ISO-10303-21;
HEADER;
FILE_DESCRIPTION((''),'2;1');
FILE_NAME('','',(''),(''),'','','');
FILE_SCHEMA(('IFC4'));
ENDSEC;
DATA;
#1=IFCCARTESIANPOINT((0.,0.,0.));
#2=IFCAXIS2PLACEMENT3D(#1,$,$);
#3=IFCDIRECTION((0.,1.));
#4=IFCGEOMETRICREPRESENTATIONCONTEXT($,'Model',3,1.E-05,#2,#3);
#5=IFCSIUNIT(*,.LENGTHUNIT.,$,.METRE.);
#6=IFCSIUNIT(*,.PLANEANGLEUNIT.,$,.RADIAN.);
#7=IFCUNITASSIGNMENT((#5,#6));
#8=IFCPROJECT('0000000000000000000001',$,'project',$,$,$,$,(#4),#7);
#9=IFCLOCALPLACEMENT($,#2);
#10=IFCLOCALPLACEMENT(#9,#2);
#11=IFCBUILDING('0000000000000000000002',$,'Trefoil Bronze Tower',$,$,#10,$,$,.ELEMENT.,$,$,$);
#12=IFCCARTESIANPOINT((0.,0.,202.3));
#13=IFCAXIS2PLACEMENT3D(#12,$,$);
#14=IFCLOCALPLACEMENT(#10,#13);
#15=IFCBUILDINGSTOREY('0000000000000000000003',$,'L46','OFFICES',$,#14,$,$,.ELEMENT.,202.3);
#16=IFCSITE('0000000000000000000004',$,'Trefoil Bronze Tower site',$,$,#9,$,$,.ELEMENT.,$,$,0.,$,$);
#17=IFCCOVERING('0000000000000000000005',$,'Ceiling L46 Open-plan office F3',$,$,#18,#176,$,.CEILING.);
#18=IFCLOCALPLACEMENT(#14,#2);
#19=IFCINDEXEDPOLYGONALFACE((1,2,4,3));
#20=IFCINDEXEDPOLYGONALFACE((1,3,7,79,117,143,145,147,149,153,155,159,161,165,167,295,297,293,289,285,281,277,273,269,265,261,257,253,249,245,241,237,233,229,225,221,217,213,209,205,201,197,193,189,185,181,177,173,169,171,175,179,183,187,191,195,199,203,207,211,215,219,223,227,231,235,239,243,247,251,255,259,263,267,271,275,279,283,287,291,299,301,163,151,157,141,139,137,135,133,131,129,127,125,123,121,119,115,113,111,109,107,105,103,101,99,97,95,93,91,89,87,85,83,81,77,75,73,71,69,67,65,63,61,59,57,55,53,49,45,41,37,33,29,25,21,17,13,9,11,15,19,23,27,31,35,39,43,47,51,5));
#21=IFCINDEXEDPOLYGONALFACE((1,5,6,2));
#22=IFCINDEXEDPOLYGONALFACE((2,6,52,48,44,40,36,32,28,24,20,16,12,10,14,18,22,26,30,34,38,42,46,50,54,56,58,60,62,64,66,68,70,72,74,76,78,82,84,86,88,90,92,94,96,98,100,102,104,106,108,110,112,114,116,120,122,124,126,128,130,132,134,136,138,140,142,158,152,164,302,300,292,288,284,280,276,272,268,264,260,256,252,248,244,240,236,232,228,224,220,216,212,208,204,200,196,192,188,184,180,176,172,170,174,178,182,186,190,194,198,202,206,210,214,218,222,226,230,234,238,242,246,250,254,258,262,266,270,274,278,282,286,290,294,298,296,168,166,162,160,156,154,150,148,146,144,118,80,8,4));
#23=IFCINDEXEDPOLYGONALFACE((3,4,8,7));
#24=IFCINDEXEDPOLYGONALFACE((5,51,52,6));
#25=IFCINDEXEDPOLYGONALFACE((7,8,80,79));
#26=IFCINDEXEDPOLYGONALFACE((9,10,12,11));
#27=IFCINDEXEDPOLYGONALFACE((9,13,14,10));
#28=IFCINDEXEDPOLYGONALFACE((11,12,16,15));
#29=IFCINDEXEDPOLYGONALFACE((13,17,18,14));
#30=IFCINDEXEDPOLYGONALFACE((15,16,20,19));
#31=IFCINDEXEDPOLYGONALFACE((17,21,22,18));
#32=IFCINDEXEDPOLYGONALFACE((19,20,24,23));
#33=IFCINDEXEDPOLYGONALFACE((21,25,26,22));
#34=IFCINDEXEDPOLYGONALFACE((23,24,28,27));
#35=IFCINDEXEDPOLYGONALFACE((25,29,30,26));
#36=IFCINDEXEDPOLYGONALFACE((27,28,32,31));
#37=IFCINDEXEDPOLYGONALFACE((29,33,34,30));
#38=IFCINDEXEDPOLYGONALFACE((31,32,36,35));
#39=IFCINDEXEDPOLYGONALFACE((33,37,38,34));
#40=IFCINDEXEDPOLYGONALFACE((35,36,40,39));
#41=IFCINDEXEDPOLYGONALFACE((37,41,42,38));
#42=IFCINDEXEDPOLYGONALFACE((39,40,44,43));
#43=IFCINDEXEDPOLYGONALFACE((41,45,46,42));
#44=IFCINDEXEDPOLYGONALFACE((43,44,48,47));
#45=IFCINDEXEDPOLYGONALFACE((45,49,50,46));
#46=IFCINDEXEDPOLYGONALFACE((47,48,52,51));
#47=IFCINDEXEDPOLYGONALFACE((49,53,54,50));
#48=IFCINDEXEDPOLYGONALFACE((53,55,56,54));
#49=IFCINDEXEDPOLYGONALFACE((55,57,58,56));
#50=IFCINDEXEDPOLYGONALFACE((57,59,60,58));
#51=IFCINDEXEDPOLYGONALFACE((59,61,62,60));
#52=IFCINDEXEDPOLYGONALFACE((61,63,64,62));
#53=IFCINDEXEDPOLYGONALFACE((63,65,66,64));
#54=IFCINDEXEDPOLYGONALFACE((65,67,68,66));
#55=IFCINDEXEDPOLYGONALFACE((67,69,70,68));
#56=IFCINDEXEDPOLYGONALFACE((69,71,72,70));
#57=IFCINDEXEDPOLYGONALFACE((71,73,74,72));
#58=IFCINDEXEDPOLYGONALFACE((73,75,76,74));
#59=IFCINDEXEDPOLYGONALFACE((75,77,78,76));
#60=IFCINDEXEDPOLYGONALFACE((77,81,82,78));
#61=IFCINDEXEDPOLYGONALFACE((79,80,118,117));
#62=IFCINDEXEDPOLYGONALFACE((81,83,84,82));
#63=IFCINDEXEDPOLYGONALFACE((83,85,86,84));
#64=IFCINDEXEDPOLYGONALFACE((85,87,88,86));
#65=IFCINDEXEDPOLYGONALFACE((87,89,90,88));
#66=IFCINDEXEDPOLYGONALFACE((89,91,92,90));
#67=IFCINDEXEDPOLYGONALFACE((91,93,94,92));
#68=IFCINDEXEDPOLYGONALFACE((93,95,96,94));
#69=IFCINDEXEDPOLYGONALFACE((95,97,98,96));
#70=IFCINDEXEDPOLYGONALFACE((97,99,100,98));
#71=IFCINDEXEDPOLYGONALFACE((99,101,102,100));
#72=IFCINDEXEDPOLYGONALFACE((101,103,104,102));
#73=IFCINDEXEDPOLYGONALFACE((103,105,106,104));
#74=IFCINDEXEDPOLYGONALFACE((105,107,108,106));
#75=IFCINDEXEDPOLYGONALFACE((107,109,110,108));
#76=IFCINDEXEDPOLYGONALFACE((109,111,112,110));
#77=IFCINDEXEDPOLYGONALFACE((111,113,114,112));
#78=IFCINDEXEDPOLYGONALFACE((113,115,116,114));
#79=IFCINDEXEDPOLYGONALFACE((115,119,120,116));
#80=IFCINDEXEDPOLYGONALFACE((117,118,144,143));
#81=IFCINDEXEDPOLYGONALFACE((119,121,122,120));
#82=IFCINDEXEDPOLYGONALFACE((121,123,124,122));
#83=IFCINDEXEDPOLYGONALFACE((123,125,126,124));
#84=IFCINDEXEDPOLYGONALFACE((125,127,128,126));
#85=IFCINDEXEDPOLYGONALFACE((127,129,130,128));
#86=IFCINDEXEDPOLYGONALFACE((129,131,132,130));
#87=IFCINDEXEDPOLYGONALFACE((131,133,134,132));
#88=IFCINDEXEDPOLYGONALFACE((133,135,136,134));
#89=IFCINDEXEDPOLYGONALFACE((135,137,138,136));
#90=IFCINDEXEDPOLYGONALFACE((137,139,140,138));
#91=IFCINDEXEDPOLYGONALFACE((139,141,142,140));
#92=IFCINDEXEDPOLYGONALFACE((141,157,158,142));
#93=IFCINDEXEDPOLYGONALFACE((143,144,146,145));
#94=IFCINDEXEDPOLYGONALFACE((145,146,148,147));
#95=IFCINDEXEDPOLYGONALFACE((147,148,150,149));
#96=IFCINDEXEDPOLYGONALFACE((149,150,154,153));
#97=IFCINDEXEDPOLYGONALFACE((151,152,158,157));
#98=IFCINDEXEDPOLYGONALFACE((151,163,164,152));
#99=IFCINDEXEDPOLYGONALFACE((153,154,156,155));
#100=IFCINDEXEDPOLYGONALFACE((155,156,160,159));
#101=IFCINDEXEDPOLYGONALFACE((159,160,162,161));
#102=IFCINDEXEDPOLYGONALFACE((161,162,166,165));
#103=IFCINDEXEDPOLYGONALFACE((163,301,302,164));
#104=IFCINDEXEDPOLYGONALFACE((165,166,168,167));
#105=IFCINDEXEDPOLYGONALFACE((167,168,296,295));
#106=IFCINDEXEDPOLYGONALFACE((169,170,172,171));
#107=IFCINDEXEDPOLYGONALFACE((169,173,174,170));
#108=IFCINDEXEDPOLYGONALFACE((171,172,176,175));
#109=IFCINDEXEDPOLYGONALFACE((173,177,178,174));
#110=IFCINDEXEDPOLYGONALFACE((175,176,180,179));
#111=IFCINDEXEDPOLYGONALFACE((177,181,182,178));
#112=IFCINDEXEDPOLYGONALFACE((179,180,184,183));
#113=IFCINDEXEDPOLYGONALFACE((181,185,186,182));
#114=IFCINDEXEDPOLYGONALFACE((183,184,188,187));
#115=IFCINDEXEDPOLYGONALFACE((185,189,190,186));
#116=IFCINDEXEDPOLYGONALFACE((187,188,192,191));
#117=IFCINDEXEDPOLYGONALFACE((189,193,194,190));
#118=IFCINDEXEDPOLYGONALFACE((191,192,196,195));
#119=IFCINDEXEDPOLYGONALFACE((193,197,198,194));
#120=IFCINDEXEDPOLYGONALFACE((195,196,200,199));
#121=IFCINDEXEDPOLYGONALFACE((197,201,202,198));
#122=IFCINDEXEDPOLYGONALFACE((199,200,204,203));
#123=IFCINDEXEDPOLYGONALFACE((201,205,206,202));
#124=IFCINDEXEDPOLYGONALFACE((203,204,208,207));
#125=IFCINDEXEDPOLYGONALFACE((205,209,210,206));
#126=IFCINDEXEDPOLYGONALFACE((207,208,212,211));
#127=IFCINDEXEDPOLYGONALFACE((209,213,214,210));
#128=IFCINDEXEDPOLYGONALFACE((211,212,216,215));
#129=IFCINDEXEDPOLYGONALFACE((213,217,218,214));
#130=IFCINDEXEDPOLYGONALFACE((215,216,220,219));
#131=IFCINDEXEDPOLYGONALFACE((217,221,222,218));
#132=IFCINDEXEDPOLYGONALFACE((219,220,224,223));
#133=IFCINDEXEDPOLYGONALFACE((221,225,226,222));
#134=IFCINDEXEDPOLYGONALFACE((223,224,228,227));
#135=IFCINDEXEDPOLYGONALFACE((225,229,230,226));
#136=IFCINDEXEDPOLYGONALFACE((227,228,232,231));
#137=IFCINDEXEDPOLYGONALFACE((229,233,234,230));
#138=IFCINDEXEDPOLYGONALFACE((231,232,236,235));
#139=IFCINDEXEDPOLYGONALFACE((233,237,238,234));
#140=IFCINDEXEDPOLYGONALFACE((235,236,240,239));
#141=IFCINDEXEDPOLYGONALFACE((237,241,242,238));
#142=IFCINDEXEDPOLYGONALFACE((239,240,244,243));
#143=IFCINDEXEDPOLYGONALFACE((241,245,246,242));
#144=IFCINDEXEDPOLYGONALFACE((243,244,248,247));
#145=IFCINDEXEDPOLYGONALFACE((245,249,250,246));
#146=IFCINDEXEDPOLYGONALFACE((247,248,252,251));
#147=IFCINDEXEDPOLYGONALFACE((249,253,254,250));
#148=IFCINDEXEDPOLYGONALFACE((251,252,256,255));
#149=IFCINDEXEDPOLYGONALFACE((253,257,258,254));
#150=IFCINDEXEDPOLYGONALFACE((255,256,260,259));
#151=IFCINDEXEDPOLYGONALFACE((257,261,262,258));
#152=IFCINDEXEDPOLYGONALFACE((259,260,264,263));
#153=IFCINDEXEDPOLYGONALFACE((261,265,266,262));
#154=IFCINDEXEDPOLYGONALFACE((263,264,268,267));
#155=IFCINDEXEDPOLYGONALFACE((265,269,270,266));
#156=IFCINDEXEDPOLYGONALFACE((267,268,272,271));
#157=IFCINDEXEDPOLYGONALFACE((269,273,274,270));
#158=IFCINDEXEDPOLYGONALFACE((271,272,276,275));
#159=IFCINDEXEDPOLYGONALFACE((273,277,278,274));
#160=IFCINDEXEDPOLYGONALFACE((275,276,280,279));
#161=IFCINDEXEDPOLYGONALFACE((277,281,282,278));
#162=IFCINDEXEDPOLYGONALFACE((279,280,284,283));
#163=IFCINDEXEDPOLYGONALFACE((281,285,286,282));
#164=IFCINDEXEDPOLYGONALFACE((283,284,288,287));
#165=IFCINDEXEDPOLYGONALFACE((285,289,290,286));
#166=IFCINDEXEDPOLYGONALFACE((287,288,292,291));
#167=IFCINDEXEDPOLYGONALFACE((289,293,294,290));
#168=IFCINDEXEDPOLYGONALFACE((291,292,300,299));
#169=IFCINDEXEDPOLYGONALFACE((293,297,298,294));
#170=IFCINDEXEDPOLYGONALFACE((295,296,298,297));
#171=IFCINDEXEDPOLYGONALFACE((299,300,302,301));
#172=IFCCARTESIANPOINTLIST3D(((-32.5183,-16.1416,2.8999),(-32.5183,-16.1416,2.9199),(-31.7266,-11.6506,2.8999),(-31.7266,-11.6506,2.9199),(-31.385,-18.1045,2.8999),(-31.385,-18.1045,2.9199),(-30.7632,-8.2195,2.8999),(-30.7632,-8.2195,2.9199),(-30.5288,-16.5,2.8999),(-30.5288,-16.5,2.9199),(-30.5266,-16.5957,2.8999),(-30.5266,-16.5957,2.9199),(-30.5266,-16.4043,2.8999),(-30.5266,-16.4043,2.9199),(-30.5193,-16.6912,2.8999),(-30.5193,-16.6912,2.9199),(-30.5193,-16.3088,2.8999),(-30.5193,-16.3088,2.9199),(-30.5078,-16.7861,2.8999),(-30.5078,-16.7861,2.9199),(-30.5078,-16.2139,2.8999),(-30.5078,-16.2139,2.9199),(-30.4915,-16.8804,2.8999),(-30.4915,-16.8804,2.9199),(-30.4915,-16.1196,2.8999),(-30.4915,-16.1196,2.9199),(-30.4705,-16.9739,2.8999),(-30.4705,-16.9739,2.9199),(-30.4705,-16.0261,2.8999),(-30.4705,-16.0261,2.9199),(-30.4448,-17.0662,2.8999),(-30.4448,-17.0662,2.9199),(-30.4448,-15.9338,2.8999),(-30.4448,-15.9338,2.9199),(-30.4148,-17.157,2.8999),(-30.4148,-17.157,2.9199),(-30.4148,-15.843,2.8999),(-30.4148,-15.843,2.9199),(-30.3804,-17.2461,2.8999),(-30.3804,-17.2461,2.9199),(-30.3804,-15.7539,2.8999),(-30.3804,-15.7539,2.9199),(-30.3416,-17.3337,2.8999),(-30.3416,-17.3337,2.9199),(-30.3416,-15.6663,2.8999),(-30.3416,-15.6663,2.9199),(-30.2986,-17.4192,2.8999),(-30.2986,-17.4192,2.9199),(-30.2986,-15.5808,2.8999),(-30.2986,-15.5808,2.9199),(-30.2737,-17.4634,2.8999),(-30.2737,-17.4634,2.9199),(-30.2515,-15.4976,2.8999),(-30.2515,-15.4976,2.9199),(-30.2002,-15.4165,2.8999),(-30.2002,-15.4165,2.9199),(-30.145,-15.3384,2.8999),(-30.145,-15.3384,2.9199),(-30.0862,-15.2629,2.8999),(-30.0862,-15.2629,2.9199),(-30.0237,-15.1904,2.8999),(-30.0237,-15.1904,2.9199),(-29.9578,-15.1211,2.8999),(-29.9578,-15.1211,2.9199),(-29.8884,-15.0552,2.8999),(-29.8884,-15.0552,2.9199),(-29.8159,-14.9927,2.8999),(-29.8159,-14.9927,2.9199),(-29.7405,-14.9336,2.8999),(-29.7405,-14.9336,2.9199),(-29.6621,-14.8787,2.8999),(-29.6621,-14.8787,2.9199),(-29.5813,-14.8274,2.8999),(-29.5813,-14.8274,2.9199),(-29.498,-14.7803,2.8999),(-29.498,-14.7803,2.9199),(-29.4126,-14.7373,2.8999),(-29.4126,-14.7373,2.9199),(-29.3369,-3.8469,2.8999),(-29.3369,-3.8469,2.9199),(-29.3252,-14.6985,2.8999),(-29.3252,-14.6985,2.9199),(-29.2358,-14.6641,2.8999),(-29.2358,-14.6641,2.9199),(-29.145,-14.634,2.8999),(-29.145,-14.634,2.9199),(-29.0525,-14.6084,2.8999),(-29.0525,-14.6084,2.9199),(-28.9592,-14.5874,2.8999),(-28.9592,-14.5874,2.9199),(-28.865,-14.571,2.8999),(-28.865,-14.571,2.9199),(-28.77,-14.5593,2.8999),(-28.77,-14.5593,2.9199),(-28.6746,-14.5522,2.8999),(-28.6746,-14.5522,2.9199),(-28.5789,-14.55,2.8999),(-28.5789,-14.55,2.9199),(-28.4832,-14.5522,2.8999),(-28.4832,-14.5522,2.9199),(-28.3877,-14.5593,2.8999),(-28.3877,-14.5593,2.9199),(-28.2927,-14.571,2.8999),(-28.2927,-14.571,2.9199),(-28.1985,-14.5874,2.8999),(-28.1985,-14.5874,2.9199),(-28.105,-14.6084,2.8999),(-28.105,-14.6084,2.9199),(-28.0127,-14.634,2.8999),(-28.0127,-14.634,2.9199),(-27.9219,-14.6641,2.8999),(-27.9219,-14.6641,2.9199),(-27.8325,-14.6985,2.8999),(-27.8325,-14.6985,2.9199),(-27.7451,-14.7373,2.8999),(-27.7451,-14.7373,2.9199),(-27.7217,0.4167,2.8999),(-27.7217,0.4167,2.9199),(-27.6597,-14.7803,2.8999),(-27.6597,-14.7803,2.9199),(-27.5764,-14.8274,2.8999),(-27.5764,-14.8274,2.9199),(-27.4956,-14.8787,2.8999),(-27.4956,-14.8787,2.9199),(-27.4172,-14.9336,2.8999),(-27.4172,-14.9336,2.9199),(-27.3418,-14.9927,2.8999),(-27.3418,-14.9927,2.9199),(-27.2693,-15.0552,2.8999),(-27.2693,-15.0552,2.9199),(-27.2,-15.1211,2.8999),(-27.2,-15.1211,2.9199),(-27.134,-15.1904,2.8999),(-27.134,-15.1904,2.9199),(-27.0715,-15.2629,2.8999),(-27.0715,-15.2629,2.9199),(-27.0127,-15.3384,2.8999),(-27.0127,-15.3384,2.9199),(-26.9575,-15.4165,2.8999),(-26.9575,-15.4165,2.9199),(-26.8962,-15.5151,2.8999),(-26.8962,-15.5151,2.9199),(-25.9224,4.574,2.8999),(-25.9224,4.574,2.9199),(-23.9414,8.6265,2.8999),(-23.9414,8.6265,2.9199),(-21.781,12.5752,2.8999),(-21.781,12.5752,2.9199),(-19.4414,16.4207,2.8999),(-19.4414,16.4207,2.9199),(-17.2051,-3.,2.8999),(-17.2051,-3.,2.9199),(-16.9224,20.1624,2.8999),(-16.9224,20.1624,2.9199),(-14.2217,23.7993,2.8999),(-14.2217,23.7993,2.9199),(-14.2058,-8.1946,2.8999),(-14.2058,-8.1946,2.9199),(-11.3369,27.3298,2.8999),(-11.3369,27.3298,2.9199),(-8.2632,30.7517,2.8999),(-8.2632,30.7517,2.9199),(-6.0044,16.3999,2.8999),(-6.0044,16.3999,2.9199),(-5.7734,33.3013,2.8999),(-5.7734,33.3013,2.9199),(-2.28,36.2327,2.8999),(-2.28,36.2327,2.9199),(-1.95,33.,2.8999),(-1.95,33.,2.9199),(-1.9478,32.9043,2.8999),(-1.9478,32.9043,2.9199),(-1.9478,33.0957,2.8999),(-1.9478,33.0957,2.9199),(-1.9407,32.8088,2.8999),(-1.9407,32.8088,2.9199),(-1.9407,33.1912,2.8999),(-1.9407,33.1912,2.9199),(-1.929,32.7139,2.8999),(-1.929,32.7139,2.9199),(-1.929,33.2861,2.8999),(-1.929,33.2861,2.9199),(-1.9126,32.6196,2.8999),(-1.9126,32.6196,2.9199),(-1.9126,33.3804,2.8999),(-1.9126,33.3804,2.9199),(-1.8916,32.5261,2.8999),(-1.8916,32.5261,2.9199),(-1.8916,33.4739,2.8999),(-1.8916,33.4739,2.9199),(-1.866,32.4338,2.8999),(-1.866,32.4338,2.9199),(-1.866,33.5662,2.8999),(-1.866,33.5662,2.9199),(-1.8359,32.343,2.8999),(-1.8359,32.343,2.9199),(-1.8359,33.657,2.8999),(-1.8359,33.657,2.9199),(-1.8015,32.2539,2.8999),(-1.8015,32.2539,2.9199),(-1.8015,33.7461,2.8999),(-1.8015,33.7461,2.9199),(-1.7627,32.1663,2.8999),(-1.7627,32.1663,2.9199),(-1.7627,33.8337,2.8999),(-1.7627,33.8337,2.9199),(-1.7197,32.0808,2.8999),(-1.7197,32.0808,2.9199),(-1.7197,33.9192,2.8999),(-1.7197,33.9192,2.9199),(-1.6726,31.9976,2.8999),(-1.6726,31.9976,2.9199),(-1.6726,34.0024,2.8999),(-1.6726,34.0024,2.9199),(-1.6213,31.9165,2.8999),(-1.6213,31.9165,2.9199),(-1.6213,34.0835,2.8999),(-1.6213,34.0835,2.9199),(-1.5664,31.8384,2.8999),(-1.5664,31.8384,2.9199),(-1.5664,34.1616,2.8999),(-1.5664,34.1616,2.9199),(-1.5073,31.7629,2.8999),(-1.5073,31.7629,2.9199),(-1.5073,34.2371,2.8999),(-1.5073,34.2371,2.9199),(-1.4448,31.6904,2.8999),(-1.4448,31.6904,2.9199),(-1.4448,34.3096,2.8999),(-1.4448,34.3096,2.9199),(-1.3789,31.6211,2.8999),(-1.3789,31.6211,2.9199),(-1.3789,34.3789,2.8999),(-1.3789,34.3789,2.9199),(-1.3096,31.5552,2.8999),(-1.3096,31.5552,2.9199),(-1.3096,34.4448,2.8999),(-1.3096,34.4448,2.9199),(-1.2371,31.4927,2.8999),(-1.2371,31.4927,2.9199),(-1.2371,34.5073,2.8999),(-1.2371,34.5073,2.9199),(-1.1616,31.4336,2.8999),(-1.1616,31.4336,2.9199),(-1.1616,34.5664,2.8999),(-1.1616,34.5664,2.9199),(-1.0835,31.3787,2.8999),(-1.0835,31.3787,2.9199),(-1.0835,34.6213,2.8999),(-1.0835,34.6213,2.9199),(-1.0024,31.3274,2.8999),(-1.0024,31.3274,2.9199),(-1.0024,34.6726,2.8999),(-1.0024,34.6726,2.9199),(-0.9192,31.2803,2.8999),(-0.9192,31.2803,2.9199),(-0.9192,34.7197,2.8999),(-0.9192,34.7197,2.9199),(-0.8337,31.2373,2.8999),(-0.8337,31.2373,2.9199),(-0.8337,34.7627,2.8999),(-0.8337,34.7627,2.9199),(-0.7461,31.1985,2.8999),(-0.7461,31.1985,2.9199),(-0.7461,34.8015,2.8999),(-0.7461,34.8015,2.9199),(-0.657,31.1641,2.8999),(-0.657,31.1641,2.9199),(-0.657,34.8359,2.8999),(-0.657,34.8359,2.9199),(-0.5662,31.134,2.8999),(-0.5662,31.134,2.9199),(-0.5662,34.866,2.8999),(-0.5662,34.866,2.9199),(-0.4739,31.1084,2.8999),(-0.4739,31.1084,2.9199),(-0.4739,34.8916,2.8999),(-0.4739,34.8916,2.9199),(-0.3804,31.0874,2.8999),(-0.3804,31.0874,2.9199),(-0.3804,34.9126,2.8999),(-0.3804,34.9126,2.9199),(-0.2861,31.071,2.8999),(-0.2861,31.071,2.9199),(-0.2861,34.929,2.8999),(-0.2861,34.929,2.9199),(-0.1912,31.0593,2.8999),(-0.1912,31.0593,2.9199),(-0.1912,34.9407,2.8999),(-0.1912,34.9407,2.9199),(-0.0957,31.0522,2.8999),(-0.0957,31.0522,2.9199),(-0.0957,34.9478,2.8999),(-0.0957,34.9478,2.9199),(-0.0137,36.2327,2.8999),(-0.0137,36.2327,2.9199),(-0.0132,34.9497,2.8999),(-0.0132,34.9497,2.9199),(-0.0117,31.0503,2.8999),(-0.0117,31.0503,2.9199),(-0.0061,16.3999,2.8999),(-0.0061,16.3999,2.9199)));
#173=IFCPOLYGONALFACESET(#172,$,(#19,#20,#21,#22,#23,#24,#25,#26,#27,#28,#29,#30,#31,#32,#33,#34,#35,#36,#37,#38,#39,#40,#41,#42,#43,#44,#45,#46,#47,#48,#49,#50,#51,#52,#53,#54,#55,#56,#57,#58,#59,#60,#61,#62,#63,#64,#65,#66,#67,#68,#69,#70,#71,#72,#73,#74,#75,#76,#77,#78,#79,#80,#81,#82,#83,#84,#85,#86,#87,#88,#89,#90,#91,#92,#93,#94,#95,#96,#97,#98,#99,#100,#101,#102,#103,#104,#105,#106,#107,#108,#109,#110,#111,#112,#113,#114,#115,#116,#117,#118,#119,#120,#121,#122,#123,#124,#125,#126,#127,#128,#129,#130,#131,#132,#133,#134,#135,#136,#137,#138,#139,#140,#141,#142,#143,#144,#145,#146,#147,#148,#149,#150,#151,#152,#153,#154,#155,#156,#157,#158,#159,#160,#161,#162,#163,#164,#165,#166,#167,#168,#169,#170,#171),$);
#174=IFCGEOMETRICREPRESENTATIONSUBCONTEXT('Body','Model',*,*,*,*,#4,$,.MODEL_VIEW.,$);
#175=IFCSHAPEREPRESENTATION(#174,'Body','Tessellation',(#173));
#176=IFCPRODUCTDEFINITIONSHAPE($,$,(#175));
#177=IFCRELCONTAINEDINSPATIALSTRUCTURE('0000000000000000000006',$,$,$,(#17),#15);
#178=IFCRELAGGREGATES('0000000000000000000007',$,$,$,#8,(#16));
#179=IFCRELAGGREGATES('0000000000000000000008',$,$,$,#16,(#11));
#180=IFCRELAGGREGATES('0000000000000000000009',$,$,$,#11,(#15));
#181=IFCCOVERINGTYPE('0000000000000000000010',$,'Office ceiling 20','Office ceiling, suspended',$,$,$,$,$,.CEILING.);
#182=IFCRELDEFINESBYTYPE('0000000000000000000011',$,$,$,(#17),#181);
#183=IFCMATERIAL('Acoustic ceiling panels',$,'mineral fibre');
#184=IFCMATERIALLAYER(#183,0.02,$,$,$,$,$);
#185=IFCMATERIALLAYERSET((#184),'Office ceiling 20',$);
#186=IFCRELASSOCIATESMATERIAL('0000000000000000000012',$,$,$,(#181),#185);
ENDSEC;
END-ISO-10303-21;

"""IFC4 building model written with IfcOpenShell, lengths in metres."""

from ifc_helpers import new_model, si_unit, direction, frame, origin, place, context, subcontext, project, spatial, polyline, outline, extrude, material, layer, layer_set, type_object, element, save


model = new_model("IFC4")

# Units and contexts
model_context = context("Model", 3, precision=1e-05, world=origin(), true_north=direction((0.0, 1.0)))
body_context = subcontext(model_context, "Body", "Model", "MODEL_VIEW")
ifc_project = project(units=[si_unit("LENGTHUNIT", "METRE"), si_unit("PLANEANGLEUNIT", "RADIAN")], contexts=[model_context])

# Site, building, storey
site_placement = place(None, origin())
site = spatial("IfcSite", under=ifc_project, at=site_placement, Name="Trefoil Bronze Tower site", CompositionType="ELEMENT", RefElevation=0.0)
building_placement = place(site_placement, origin())
building = spatial("IfcBuilding", under=site, at=building_placement, Name="Trefoil Bronze Tower", CompositionType="ELEMENT")
storey_placement = place(building_placement, frame((0.0, 0.0, 202.3)))
storey = spatial("IfcBuildingStorey", under=building, at=storey_placement, Name="L46", Description="OFFICES", CompositionType="ELEMENT", Elevation=202.3)

# Covering
ifc_material_1 = material(Name="Acoustic ceiling panels", Category="mineral fibre")
ifc_layer_1 = layer(ifc_material_1, 0.02)
ifc_layer_set_1 = layer_set([ifc_layer_1], Name="Office ceiling 20")
covering_type_1 = type_object("IfcCoveringType", Name="Office ceiling 20", Description="Office ceiling, suspended", PredefinedType="CEILING", material=ifc_layer_set_1)
covering_1_placement = place(storey_placement, frame((0.0, 0.0, 2.8999)))
element("IfcCovering", 1, at=covering_1_placement, inside=storey, type_object=covering_type_1, Name="Ceiling L46 Open-plan office F3", PredefinedType="CEILING", context=body_context, shape_type="SweptSolid", body=[
    extrude(outline(polyline([(-30.7632, -8.2195), (-29.3369, -3.8469), (-27.7217, 0.4167), (-25.9224, 4.574), (-23.9414, 8.6265), (-21.781, 12.5752), (-19.4414, 16.4207), (-16.9224, 20.1624), (-14.2217, 23.7993), (-11.3369, 27.3298), (-8.2632, 30.7517), (-5.7734, 33.3013), (-2.28, 36.2327), (-0.0137, 36.2327), (-0.0132, 34.9497), (-0.0957, 34.9478), (-0.1912, 34.9407), (-0.2861, 34.929), (-0.3804, 34.9126), (-0.4739, 34.8916), (-0.5662, 34.866), (-0.657, 34.8359), (-0.7461, 34.8015), (-0.8337, 34.7627), (-0.9192, 34.7197), (-1.0024, 34.6726), (-1.0835, 34.6213), (-1.1616, 34.5664), (-1.2371, 34.5073), (-1.3096, 34.4448), (-1.3789, 34.3789), (-1.4448, 34.3096), (-1.5073, 34.2371), (-1.5664, 34.1616), (-1.6213, 34.0835), (-1.6726, 34.0024), (-1.7197, 33.9192), (-1.7627, 33.8337), (-1.8015, 33.7461), (-1.8359, 33.657), (-1.866, 33.5662), (-1.8916, 33.4739), (-1.9126, 33.3804), (-1.929, 33.2861), (-1.9407, 33.1912), (-1.9478, 33.0957), (-1.95, 33.0), (-1.9478, 32.9043), (-1.9407, 32.8088), (-1.929, 32.7139), (-1.9126, 32.6196), (-1.8916, 32.5261), (-1.866, 32.4338), (-1.8359, 32.343), (-1.8015, 32.2539), (-1.7627, 32.1663), (-1.7197, 32.0808), (-1.6726, 31.9976), (-1.6213, 31.9165), (-1.5664, 31.8384), (-1.5073, 31.7629), (-1.4448, 31.6904), (-1.3789, 31.6211), (-1.3096, 31.5552), (-1.2371, 31.4927), (-1.1616, 31.4336), (-1.0835, 31.3787), (-1.0024, 31.3274), (-0.9192, 31.2803), (-0.8337, 31.2373), (-0.7461, 31.1985), (-0.657, 31.1641), (-0.5662, 31.134), (-0.4739, 31.1084), (-0.3804, 31.0874), (-0.2861, 31.071), (-0.1912, 31.0593), (-0.0957, 31.0522), (-0.0117, 31.0503), (-0.0061, 16.3999), (-6.0044, 16.3999), (-17.2051, -3.0), (-14.2058, -8.1946), (-26.8962, -15.5151), (-26.9575, -15.4165), (-27.0127, -15.3384), (-27.0715, -15.2629), (-27.134, -15.1904), (-27.2, -15.1211), (-27.2693, -15.0552), (-27.3418, -14.9927), (-27.4172, -14.9336), (-27.4956, -14.8787), (-27.5764, -14.8274), (-27.6597, -14.7803), (-27.7451, -14.7373), (-27.8325, -14.6985), (-27.9219, -14.6641), (-28.0127, -14.634), (-28.105, -14.6084), (-28.1985, -14.5874), (-28.2927, -14.571), (-28.3877, -14.5593), (-28.4832, -14.5522), (-28.5789, -14.55), (-28.6746, -14.5522), (-28.77, -14.5593), (-28.865, -14.571), (-28.9592, -14.5874), (-29.0525, -14.6084), (-29.145, -14.634), (-29.2358, -14.6641), (-29.3252, -14.6985), (-29.4126, -14.7373), (-29.498, -14.7803), (-29.5813, -14.8274), (-29.6621, -14.8787), (-29.7405, -14.9336), (-29.8159, -14.9927), (-29.8884, -15.0552), (-29.9578, -15.1211), (-30.0237, -15.1904), (-30.0862, -15.2629), (-30.145, -15.3384), (-30.2002, -15.4165), (-30.2515, -15.4976), (-30.2986, -15.5808), (-30.3416, -15.6663), (-30.3804, -15.7539), (-30.4148, -15.843), (-30.4448, -15.9338), (-30.4705, -16.0261), (-30.4915, -16.1196), (-30.5078, -16.2139), (-30.5193, -16.3088), (-30.5266, -16.4043), (-30.5288, -16.5), (-30.5266, -16.5957), (-30.5193, -16.6912), (-30.5078, -16.7861), (-30.4915, -16.8804), (-30.4705, -16.9739), (-30.4448, -17.0662), (-30.4148, -17.157), (-30.3804, -17.2461), (-30.3416, -17.3337), (-30.2986, -17.4192), (-30.2737, -17.4634), (-31.385, -18.1045), (-32.5183, -16.1416), (-31.7266, -11.6506), (-30.7632, -8.2195)])), origin(), (0.0, 0.0, 1.0), 0.02),
])

save(model, "model.ifc")
